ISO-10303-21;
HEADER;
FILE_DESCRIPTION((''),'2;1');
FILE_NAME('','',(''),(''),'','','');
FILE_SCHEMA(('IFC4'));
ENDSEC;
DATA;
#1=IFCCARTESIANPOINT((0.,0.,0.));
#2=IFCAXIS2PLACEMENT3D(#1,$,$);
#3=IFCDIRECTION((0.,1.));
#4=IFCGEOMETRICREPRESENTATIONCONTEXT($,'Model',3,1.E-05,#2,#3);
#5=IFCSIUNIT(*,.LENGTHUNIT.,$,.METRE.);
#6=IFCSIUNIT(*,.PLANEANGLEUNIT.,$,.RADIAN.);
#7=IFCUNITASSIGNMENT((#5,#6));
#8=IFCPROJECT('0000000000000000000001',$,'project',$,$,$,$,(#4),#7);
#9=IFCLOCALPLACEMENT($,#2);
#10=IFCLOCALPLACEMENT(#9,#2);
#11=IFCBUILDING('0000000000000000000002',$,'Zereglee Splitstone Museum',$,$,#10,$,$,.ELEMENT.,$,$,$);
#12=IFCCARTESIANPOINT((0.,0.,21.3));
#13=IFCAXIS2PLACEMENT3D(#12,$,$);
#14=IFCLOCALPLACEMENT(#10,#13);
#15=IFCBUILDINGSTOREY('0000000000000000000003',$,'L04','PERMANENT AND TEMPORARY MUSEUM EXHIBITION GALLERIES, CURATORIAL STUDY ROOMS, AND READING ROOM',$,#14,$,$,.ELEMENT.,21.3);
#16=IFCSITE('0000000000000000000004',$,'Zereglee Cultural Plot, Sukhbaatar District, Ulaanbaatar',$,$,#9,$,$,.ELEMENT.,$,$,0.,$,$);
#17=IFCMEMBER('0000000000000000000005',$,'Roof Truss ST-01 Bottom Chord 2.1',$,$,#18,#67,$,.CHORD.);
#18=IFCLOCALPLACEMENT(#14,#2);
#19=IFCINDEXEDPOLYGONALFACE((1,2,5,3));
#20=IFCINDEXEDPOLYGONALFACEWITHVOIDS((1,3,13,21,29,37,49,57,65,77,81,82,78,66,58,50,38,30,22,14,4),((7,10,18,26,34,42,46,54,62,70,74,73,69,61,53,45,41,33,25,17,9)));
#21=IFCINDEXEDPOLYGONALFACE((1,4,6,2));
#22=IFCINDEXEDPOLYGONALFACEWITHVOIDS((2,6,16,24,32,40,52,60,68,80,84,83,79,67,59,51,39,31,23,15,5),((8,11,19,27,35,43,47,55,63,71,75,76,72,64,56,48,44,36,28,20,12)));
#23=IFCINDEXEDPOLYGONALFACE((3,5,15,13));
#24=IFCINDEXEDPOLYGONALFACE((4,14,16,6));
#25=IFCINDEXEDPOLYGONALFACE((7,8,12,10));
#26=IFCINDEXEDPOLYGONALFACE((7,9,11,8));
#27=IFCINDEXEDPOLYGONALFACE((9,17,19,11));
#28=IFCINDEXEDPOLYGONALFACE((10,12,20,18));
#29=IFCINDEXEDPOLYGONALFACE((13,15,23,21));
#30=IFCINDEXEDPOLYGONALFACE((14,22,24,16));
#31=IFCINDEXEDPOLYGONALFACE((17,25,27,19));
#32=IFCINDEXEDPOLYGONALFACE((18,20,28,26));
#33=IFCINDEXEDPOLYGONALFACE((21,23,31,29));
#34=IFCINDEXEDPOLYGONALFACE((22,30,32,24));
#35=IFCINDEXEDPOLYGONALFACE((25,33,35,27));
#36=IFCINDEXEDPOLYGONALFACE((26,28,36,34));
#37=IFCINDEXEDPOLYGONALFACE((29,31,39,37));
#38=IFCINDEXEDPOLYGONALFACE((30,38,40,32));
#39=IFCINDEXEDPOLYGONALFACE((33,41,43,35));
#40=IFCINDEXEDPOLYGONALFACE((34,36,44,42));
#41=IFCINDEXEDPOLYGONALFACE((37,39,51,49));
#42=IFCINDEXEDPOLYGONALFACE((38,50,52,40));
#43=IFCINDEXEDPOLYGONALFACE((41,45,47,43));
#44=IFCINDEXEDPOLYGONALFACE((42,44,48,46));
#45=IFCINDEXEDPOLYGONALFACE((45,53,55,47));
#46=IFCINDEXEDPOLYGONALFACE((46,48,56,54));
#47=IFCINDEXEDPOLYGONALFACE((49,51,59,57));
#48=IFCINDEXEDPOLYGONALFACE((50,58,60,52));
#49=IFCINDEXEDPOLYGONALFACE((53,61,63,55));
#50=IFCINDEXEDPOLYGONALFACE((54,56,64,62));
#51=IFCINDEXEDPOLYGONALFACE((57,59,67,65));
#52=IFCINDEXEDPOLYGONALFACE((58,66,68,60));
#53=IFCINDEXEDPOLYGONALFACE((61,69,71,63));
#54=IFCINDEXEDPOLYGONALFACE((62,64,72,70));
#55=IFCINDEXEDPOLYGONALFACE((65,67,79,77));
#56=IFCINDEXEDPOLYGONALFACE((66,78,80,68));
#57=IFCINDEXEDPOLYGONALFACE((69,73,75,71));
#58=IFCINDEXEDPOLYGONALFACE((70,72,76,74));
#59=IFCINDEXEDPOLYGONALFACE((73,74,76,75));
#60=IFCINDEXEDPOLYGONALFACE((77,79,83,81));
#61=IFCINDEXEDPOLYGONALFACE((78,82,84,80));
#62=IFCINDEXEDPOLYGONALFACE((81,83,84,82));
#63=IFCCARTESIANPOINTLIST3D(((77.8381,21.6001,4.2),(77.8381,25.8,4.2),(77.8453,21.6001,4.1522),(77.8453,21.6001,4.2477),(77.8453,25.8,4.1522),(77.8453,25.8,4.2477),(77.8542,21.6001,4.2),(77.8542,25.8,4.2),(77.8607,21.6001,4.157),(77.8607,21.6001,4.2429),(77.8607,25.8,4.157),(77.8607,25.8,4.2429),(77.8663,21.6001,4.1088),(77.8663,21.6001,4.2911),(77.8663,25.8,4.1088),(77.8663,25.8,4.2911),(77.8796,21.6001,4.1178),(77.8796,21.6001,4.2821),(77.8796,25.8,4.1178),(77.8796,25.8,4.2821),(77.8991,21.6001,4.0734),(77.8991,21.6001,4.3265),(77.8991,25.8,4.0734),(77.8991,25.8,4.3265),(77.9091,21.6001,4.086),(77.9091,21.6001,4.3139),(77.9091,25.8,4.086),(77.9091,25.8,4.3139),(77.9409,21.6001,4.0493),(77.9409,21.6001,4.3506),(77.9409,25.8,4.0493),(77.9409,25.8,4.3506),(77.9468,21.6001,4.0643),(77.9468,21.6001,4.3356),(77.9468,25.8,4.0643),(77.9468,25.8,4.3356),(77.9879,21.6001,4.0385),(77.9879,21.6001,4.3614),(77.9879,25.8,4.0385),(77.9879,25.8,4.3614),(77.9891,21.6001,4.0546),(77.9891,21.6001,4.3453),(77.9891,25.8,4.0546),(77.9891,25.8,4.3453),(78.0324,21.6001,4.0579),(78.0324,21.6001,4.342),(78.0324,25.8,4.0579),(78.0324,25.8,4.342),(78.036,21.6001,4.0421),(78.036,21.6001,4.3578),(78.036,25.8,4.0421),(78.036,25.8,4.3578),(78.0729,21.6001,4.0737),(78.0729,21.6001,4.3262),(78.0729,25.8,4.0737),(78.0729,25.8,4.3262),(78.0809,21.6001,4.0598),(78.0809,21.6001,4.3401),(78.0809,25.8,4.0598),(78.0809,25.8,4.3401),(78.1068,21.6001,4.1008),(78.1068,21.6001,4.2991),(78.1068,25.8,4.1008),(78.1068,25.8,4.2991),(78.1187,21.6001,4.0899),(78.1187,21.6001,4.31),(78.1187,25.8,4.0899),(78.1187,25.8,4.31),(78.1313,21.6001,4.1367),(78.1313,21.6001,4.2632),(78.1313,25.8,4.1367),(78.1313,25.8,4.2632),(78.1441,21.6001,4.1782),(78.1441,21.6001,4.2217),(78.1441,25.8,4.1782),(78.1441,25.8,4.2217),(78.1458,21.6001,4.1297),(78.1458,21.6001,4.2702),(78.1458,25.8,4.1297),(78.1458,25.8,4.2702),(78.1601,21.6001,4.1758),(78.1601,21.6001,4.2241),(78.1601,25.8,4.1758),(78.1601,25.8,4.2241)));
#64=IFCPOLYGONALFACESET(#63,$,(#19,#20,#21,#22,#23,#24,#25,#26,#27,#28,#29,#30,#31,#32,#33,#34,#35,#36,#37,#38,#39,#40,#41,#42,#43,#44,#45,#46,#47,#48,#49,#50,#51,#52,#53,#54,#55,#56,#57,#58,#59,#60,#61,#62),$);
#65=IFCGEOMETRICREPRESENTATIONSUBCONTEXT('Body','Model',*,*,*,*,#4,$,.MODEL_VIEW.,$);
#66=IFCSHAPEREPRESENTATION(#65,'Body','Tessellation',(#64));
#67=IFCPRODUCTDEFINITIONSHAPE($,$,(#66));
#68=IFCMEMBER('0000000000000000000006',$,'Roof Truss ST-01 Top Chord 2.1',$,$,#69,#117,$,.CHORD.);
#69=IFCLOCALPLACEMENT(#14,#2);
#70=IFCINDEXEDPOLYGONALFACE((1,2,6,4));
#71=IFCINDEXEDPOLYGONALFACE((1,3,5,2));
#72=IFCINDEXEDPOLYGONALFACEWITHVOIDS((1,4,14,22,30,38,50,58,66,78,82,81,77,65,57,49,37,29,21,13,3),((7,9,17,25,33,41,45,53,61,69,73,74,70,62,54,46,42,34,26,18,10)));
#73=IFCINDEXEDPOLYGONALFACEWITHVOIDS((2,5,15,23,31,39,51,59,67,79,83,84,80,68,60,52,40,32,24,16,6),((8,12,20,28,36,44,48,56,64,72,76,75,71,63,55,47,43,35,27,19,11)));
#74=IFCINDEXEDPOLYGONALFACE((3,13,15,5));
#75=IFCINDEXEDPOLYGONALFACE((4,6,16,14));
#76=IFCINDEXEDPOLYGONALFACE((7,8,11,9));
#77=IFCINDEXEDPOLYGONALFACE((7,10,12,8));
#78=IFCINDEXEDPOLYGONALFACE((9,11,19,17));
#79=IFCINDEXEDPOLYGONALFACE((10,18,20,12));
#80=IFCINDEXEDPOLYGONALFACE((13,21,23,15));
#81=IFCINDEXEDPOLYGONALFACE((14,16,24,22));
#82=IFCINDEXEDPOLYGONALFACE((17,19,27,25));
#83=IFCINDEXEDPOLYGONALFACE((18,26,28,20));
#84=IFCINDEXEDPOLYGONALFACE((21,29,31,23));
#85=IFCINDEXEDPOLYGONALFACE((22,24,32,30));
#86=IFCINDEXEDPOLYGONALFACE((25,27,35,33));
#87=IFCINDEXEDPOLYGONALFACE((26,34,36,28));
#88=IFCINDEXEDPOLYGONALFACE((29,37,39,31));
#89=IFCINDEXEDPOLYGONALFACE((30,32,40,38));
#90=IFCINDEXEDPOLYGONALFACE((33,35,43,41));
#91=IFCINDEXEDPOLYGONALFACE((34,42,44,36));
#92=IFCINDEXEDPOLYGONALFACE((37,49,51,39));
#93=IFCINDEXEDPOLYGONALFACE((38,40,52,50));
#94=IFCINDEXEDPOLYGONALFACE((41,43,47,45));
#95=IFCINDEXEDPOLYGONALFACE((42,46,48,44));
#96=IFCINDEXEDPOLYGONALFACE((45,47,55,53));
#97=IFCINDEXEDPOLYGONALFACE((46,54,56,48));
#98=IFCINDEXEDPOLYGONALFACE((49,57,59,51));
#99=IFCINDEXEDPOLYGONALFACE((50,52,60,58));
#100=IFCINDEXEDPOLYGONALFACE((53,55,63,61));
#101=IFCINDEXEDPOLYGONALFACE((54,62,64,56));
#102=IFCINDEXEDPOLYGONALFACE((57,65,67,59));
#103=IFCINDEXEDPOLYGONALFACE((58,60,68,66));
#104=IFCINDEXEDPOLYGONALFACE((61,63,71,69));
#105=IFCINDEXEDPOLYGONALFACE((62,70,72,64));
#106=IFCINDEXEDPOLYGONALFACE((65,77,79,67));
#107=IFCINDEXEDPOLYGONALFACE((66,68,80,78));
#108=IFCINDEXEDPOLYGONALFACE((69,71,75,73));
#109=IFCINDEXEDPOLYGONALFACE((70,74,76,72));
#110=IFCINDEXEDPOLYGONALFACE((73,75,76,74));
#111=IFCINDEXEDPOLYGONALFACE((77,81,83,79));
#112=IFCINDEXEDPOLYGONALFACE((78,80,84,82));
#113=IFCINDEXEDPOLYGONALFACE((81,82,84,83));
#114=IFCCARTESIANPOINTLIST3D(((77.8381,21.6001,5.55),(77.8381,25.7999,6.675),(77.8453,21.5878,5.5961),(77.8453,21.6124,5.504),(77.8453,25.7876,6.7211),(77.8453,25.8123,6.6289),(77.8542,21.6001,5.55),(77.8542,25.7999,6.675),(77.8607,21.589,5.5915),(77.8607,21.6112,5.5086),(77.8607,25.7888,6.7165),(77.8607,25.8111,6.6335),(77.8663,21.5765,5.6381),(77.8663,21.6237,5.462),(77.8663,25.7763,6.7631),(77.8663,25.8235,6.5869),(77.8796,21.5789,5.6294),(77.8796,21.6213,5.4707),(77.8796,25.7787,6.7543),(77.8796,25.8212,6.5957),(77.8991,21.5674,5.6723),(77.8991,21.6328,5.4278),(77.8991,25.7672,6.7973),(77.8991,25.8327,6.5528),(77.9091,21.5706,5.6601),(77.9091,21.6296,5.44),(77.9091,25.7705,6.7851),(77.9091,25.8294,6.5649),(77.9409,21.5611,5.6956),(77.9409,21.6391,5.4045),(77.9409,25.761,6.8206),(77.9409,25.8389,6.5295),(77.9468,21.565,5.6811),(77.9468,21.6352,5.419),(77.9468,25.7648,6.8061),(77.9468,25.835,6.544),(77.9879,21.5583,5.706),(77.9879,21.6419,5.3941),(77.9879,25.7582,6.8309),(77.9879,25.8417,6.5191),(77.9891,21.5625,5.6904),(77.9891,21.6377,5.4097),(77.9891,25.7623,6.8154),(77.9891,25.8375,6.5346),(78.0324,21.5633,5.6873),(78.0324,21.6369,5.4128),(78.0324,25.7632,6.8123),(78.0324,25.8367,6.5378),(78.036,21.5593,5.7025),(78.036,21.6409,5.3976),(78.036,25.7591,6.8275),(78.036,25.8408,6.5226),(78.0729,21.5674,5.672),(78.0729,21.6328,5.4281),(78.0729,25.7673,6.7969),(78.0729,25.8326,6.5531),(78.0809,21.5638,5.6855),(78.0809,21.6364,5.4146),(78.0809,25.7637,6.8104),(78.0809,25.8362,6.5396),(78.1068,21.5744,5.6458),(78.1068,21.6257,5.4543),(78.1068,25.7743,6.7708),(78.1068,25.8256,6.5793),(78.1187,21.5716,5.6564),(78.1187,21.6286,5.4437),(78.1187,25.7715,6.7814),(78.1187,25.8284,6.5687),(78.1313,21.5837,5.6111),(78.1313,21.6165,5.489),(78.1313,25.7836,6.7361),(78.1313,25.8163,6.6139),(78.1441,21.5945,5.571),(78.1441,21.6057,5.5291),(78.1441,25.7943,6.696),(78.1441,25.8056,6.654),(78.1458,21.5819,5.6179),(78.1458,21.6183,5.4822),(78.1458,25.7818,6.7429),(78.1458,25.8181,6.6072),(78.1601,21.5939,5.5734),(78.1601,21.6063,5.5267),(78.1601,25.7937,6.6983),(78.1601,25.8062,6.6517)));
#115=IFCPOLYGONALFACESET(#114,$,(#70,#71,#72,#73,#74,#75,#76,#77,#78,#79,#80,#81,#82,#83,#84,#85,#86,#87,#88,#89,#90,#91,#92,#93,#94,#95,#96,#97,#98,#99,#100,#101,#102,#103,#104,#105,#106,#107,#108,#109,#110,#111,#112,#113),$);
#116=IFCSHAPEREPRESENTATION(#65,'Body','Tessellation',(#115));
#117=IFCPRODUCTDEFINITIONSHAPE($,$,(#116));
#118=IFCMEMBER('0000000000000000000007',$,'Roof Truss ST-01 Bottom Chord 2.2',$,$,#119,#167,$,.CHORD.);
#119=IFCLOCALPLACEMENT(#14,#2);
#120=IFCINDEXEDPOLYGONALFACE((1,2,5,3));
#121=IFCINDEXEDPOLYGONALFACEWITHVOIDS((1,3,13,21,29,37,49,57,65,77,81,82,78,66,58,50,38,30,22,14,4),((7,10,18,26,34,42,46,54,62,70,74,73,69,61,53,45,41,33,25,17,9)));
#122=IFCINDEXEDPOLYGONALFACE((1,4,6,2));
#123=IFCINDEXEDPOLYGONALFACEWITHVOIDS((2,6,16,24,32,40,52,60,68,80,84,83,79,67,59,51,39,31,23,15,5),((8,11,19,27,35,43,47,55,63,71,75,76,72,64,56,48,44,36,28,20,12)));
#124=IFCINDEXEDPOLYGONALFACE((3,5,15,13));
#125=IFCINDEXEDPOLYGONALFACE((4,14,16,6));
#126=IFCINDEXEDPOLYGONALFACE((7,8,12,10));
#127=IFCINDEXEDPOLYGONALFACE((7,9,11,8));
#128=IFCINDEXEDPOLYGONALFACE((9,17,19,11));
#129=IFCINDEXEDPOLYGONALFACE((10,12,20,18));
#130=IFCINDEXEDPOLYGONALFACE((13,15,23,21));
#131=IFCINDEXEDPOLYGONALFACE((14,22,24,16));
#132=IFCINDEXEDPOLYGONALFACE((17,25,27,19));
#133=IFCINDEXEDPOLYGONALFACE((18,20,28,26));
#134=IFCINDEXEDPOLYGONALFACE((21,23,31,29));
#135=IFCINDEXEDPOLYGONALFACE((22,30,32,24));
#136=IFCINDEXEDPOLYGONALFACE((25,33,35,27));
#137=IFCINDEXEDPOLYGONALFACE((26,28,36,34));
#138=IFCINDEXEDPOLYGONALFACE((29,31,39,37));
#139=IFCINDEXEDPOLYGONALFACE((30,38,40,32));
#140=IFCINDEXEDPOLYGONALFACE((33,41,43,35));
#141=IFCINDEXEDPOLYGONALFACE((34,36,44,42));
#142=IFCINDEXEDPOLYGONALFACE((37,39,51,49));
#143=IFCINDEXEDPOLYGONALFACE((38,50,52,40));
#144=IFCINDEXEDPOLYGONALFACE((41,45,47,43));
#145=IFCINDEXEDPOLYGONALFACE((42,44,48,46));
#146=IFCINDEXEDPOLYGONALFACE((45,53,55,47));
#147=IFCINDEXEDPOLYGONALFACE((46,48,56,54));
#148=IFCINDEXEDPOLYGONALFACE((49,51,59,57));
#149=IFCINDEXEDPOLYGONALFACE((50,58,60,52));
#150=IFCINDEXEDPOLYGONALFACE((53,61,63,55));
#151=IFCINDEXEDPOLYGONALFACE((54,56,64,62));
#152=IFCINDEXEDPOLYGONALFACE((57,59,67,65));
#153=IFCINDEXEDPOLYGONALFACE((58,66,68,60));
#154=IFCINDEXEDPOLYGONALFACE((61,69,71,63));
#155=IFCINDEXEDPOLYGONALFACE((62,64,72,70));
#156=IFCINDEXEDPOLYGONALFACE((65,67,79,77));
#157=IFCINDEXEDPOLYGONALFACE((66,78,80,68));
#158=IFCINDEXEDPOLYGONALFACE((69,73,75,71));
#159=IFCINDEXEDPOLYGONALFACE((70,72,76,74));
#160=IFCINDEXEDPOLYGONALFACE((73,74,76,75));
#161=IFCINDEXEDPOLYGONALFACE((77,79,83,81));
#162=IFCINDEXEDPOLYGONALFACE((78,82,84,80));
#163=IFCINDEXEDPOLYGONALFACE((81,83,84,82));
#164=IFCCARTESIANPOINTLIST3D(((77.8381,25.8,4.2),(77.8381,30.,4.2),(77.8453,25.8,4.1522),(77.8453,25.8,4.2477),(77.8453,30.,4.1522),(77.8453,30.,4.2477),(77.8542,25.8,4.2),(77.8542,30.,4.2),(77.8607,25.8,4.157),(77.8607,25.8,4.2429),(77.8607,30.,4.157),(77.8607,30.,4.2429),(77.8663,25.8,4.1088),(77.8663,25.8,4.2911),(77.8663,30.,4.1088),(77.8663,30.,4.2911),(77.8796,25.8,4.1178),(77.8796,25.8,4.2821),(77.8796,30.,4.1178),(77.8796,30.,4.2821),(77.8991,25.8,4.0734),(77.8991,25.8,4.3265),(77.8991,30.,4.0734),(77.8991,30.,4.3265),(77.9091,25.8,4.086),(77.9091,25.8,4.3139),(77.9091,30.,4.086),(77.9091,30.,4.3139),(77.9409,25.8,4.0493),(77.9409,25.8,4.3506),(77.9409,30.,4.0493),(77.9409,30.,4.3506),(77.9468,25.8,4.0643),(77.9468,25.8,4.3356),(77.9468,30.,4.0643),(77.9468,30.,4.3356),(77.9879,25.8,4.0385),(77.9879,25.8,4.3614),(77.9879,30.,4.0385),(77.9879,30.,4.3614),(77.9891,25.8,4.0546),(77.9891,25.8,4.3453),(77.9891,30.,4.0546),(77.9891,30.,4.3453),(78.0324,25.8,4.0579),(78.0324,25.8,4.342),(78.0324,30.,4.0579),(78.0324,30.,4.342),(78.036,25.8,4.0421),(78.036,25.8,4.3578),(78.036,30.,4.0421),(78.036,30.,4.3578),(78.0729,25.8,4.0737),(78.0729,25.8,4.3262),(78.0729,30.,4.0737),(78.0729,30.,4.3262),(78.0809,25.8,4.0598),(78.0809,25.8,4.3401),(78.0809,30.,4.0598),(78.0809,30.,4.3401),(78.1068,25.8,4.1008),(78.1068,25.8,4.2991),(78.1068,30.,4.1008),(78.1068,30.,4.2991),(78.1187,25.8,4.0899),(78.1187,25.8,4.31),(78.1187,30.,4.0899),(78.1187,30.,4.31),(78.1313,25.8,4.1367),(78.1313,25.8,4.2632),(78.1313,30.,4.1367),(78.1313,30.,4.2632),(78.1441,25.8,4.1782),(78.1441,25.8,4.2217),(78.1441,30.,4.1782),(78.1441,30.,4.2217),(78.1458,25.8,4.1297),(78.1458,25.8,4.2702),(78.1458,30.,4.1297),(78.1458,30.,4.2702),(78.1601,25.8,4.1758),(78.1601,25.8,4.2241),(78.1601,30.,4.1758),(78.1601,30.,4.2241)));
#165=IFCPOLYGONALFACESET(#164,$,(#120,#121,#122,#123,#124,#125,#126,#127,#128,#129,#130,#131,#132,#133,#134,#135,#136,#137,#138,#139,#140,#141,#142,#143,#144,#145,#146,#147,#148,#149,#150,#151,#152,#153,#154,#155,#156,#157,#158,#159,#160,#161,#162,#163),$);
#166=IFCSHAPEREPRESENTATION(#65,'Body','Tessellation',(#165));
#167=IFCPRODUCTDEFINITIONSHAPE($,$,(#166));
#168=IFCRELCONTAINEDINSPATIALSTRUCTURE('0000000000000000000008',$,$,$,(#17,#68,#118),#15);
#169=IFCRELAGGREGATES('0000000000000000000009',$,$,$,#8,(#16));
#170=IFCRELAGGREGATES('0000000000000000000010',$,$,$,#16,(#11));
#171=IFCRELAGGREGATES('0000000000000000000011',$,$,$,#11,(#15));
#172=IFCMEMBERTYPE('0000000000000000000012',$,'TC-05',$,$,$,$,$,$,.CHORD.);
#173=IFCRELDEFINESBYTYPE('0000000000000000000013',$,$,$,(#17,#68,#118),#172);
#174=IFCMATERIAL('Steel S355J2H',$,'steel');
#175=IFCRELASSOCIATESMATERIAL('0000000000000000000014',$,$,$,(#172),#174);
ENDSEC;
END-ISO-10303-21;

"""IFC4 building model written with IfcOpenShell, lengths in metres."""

from ifc_helpers import new_model, si_unit, direction, frame, origin, origin_2d, place, context, subcontext, project, spatial, hollow_circle, extrude, material, material_profile, profile_set, type_object, element, save


model = new_model("IFC4")

# Units and contexts
model_context = context("Model", 3, precision=1e-05, world=origin(), true_north=direction((0.0, 1.0)))
body_context = subcontext(model_context, "Body", "Model", "MODEL_VIEW")
ifc_project = project(units=[si_unit("LENGTHUNIT", "METRE"), si_unit("PLANEANGLEUNIT", "RADIAN")], contexts=[model_context])

# Site, building, storey
site_placement = place(None, origin())
site = spatial("IfcSite", under=ifc_project, at=site_placement, Name="Zereglee Cultural Plot, Sukhbaatar District, Ulaanbaatar", CompositionType="ELEMENT", RefElevation=0.0)
building_placement = place(site_placement, origin())
building = spatial("IfcBuilding", under=site, at=building_placement, Name="Zereglee Splitstone Museum", CompositionType="ELEMENT")
storey_placement = place(building_placement, frame((0.0, 0.0, 21.3)))
storey = spatial("IfcBuildingStorey", under=building, at=storey_placement, Name="L04", Description="PERMANENT AND TEMPORARY MUSEUM EXHIBITION GALLERIES, CURATORIAL STUDY ROOMS, AND READING ROOM", CompositionType="ELEMENT", Elevation=21.3)

# Members
ifc_material_1 = material(Name="Steel S355J2H", Category="steel")
ifc_material_profile_1 = material_profile(ifc_material_1, hollow_circle(Radius=0.1619, WallThickness=0.0161, at=origin_2d()), Name="CHS 323.9x16")
ifc_profile_set_1 = profile_set([ifc_material_profile_1], Name="Steel S355J2H")
member_type_1 = type_object("IfcMemberType", Name="TC-05", PredefinedType="CHORD", material=ifc_profile_set_1)
member_1_placement = place(storey_placement, frame((78.0, 21.6001, 4.2), z_axis=(0.0, 1.0, 0.0), x_axis=(-1.0, 0.0, 0.0)))
element("IfcMember", 1, at=member_1_placement, inside=storey, type_object=member_type_1, Name="Roof Truss ST-01 Bottom Chord 2.1", PredefinedType="CHORD", context=body_context, shape_type="SweptSolid", body=[
    extrude(hollow_circle(Radius=0.1619, WallThickness=0.0161, at=origin_2d()), origin(), (0.0, 0.0, 1.0), 4.2),
])
member_2_placement = place(storey_placement, frame((78.0, 21.6001, 5.55), z_axis=(0.0, 0.965947, 0.258739), x_axis=(-1.0, 0.0, 0.0)))
element("IfcMember", 2, at=member_2_placement, inside=storey, type_object=member_type_1, Name="Roof Truss ST-01 Top Chord 2.1", PredefinedType="CHORD", context=body_context, shape_type="SweptSolid", body=[
    extrude(hollow_circle(Radius=0.1619, WallThickness=0.0161, at=origin_2d()), origin(), (0.0, 0.0, 1.0), 4.3479),
])
member_3_placement = place(storey_placement, frame((78.0, 25.8, 4.2), z_axis=(0.0, 1.0, 0.0), x_axis=(-1.0, 0.0, 0.0)))
element("IfcMember", 3, at=member_3_placement, inside=storey, type_object=member_type_1, Name="Roof Truss ST-01 Bottom Chord 2.2", PredefinedType="CHORD", context=body_context, shape_type="SweptSolid", body=[
    extrude(hollow_circle(Radius=0.1619, WallThickness=0.0161, at=origin_2d()), origin(), (0.0, 0.0, 1.0), 4.2),
])

save(model, "model.ifc")
